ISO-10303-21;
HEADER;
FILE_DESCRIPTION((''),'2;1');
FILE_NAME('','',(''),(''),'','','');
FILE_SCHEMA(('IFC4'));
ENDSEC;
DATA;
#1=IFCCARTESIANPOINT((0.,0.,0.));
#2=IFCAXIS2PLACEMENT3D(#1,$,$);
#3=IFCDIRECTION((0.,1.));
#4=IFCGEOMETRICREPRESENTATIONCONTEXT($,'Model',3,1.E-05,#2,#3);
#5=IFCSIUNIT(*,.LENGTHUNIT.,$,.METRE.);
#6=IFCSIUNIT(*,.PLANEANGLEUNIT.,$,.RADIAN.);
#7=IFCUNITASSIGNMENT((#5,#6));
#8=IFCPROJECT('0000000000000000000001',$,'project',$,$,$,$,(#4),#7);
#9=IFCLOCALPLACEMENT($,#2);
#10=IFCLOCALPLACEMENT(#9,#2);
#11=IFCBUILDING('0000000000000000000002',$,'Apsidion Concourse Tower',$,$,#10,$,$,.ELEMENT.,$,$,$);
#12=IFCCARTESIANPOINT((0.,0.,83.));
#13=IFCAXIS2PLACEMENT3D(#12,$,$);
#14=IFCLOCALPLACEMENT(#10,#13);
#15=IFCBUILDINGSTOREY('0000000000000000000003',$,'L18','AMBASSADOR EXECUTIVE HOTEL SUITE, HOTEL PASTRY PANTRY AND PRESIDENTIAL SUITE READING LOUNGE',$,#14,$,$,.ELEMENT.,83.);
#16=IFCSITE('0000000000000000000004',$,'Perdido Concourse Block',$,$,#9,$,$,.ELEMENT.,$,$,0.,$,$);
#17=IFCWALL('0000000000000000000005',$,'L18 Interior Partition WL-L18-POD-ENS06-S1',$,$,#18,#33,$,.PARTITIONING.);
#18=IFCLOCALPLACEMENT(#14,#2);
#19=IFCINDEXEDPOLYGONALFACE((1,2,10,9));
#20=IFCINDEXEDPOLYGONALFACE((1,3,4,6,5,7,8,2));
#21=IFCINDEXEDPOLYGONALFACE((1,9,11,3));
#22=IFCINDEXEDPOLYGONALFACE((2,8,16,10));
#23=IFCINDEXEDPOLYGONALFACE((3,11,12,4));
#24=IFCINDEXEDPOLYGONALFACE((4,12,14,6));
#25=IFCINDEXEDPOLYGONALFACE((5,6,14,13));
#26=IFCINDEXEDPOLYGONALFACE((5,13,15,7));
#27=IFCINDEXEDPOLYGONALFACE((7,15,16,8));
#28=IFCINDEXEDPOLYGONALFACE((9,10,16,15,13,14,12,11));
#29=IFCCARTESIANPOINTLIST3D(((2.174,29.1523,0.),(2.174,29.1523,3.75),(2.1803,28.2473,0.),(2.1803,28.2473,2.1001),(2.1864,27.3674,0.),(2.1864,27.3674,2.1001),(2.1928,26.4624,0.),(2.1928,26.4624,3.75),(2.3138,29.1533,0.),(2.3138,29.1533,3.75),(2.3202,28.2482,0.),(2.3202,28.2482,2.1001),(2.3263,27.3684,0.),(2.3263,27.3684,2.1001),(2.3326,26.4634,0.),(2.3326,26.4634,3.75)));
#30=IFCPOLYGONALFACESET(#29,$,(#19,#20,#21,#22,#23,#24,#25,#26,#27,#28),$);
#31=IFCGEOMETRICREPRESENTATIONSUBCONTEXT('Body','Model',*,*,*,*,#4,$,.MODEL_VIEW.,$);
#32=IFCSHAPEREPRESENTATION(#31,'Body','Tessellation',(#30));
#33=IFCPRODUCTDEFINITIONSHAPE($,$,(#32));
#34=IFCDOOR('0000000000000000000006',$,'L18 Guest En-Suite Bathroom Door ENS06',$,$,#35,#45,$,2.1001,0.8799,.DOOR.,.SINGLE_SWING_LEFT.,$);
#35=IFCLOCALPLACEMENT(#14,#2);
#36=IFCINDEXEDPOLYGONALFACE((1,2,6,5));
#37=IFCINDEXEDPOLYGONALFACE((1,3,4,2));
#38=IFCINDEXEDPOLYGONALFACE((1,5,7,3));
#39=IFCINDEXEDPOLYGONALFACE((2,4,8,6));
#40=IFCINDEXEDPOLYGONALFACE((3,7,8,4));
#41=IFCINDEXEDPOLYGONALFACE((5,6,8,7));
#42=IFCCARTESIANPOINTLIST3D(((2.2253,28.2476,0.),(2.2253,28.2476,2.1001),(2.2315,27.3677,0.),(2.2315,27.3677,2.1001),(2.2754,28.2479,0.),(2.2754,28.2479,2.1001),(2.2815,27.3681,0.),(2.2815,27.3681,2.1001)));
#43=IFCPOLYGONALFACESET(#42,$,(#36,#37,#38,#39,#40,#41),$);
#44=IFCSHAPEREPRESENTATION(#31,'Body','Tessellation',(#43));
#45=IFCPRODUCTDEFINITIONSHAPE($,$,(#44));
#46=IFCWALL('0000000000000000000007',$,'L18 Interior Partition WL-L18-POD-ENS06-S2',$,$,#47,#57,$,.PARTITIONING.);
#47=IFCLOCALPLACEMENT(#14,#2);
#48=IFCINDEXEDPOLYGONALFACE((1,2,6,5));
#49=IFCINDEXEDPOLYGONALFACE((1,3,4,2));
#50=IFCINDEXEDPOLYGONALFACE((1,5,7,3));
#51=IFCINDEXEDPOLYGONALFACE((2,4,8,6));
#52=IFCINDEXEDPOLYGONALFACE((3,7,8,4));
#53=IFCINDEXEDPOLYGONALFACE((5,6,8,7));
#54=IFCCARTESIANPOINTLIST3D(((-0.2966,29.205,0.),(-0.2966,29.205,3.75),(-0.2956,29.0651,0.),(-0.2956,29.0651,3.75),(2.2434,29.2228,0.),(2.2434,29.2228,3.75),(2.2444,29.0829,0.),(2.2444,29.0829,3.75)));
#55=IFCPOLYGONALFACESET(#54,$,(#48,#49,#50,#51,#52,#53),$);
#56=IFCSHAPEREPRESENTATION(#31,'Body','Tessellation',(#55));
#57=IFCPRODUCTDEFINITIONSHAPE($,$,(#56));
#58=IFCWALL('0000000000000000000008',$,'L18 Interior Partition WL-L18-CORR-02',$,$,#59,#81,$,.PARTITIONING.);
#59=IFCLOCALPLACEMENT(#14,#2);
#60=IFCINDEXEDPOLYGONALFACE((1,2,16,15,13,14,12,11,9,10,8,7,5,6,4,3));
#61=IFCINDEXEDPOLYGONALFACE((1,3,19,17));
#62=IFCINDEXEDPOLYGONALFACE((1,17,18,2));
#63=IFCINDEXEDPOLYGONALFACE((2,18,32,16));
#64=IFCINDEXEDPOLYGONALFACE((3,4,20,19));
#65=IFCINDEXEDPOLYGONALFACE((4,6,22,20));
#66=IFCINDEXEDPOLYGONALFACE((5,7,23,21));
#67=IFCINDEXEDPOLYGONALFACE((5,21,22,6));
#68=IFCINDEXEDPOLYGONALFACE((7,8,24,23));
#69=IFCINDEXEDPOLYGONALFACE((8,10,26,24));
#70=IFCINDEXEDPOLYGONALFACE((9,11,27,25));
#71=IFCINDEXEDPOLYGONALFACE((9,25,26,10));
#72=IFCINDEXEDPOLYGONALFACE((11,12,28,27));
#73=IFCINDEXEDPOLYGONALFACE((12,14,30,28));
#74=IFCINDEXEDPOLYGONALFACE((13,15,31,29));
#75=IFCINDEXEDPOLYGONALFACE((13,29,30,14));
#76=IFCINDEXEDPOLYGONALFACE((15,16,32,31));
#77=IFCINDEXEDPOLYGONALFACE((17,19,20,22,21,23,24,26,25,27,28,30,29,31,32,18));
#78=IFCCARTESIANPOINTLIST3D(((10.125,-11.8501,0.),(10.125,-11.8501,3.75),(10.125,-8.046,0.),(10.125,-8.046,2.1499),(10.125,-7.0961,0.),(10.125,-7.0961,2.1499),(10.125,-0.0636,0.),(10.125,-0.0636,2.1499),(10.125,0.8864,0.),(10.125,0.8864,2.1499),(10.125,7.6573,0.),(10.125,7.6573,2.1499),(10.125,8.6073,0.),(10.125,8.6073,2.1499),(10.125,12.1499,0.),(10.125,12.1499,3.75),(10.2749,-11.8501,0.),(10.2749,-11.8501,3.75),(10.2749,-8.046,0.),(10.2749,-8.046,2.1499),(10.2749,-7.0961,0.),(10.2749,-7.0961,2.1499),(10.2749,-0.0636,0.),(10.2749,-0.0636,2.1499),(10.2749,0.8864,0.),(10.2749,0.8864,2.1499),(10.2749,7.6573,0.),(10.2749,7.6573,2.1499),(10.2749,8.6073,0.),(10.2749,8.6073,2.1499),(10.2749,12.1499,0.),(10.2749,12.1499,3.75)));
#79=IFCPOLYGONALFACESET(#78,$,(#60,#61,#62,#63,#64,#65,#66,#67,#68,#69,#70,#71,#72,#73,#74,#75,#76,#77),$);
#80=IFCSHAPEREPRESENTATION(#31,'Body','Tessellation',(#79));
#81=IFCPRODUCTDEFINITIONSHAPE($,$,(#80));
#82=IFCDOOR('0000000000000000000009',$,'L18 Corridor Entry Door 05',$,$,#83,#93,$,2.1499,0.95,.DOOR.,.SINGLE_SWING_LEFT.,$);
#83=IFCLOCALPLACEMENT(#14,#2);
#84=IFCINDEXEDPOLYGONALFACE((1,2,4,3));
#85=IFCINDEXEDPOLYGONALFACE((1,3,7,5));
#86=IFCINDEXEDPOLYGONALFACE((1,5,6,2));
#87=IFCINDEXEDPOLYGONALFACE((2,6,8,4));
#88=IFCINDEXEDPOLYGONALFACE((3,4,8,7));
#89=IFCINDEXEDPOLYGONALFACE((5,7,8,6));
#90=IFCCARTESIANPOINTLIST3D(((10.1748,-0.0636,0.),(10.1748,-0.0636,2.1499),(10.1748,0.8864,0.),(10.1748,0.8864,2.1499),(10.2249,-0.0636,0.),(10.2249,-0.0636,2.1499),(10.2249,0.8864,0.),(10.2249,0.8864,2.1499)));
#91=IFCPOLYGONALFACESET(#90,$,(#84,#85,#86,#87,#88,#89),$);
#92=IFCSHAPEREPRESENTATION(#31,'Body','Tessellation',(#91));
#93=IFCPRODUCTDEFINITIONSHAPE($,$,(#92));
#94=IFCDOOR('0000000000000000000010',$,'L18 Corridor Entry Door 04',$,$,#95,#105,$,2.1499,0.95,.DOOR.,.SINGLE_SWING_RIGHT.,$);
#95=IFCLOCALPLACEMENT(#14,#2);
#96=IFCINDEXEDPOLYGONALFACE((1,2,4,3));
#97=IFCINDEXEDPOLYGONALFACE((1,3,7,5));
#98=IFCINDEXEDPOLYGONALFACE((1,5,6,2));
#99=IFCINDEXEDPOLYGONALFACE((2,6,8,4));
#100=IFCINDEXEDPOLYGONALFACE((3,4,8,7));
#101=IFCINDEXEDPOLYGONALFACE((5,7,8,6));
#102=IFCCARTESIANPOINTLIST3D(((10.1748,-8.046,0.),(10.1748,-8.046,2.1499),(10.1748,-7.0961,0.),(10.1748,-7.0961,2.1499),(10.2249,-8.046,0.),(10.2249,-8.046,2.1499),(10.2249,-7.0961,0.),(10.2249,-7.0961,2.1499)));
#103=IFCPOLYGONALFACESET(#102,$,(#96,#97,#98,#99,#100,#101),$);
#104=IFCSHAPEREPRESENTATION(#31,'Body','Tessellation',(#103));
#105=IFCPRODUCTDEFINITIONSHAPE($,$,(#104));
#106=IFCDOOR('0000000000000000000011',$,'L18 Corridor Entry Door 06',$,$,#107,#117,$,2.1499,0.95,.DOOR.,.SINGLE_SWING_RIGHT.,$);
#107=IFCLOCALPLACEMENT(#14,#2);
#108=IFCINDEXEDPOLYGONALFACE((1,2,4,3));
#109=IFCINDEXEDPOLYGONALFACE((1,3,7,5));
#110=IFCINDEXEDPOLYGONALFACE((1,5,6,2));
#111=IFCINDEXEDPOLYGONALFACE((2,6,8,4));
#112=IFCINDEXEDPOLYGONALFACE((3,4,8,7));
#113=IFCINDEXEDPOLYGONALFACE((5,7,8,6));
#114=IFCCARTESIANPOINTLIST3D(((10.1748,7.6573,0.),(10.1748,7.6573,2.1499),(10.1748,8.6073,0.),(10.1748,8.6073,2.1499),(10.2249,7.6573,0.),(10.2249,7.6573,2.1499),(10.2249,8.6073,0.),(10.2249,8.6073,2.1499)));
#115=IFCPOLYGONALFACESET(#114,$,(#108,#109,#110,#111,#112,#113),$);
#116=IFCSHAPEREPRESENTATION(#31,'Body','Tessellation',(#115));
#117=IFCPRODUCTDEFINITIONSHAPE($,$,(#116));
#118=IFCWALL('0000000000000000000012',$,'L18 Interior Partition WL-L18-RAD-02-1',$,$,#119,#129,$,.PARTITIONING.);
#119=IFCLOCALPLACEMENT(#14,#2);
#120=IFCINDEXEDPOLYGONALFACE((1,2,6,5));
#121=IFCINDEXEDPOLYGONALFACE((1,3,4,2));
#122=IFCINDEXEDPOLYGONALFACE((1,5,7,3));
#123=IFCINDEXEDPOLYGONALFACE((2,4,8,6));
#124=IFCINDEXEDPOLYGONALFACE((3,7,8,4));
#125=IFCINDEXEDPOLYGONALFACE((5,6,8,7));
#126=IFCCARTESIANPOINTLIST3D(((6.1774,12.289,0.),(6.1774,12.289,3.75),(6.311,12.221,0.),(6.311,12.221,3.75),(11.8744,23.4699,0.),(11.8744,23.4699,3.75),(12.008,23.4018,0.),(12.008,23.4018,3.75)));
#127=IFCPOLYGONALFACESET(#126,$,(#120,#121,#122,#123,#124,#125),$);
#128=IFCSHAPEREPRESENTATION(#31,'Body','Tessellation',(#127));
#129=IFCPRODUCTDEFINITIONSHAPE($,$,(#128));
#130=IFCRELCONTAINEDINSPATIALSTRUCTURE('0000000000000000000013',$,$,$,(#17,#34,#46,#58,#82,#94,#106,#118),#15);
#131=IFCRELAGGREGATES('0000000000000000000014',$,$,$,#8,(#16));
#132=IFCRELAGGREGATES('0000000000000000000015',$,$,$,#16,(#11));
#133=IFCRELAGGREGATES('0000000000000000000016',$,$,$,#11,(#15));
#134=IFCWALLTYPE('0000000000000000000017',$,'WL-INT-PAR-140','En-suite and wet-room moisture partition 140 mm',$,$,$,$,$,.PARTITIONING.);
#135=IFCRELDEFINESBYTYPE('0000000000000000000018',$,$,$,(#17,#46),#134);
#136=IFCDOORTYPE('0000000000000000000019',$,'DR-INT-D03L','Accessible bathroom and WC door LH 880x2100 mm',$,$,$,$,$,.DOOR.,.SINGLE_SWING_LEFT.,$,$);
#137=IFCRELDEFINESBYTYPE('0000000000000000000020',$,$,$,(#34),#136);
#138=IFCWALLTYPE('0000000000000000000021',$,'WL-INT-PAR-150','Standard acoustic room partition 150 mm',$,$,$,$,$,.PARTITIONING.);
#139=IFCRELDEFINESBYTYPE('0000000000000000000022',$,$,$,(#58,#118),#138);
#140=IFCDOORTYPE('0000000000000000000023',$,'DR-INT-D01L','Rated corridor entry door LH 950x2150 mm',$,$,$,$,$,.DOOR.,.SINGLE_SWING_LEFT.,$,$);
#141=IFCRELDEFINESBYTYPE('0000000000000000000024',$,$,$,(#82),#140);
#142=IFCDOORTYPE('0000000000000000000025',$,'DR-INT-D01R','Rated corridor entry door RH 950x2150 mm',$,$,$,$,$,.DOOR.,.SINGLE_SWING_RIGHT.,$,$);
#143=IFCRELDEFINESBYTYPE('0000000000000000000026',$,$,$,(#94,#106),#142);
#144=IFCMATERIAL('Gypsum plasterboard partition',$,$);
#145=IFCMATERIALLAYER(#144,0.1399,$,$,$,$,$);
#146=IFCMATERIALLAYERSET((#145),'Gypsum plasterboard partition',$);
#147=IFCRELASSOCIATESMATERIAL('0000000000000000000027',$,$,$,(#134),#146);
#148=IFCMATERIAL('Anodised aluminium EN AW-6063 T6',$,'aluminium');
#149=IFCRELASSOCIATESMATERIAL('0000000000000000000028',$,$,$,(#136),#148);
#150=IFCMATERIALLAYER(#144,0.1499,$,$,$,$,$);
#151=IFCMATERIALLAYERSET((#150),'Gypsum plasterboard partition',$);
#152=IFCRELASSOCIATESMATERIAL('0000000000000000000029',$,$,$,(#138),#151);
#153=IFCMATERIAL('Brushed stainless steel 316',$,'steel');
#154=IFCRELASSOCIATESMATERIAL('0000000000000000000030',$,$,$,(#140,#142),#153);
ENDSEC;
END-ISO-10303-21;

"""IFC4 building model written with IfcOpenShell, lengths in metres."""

from ifc_helpers import new_model, si_unit, direction, frame, frame_2d, origin, place, context, subcontext, project, spatial, rectangle, extrude, material, layer, layer_set, type_object, element, fill, save


model = new_model("IFC4")

# Units and contexts
model_context = context("Model", 3, precision=1e-05, world=origin(), true_north=direction((0.0, 1.0)))
body_context = subcontext(model_context, "Body", "Model", "MODEL_VIEW")
ifc_project = project(units=[si_unit("LENGTHUNIT", "METRE"), si_unit("PLANEANGLEUNIT", "RADIAN")], contexts=[model_context])

# Site, building, storey
site_placement = place(None, origin())
site = spatial("IfcSite", under=ifc_project, at=site_placement, Name="Perdido Concourse Block", CompositionType="ELEMENT", RefElevation=0.0)
building_placement = place(site_placement, origin())
building = spatial("IfcBuilding", under=site, at=building_placement, Name="Apsidion Concourse Tower", CompositionType="ELEMENT")
storey_placement = place(building_placement, frame((0.0, 0.0, 83.0)))
storey = spatial("IfcBuildingStorey", under=building, at=storey_placement, Name="L18", Description="AMBASSADOR EXECUTIVE HOTEL SUITE, HOTEL PASTRY PANTRY AND PRESIDENTIAL SUITE READING LOUNGE", CompositionType="ELEMENT", Elevation=83.0)

# Shared definitions
ifc_material_1 = material(Name="Anodised aluminium EN AW-6063 T6", Category="aluminium")

# Shared definitions
ifc_material_2 = material(Name="Gypsum plasterboard partition")
ifc_layer_1 = layer(ifc_material_2, 0.1399)
ifc_layer_set_1 = layer_set([ifc_layer_1], Name="Gypsum plasterboard partition")
wall_type_1 = type_object("IfcWallType", Name="WL-INT-PAR-140", Description="En-suite and wet-room moisture partition 140 mm", PredefinedType="PARTITIONING", material=ifc_layer_set_1)

# Wall, opening, door
wall_1_placement = place(storey_placement, frame((2.2627, 26.4629, 0.0), z_axis=(0.0, 0.0, 1.0), x_axis=(-0.006988, 0.999976, 0.0)))
wall_1 = element("IfcWall", 1, at=wall_1_placement, inside=storey, type_object=wall_type_1, Name="L18 Interior Partition WL-L18-POD-ENS06-S1", PredefinedType="PARTITIONING", context=body_context, shape_type="SweptSolid", body=[
    extrude(rectangle(XDim=2.6899, YDim=0.1399, at=frame_2d((1.345, 0.0))), origin(), (0.0, 0.0, 1.0), 3.75),
])
opening_1_placement = place(wall_1_placement, frame((0.905, 0.0, 0.0)))
opening_1 = element("IfcOpeningElement", 2, at=opening_1_placement, cuts=wall_1, PredefinedType="OPENING", context=body_context, shape_type="SweptSolid", body=[
    extrude(rectangle(XDim=0.8799, YDim=2.1001, at=frame_2d((0.4399, 1.05))), frame((0.0, 0.0801, 0.0), z_axis=(0.0, -1.0, 0.0), x_axis=(1.0, 0.0, 0.0)), (0.0, 0.0, 1.0), 0.1599),
])
door_type_1 = type_object("IfcDoorType", Name="DR-INT-D03L", Description="Accessible bathroom and WC door LH 880x2100 mm", OperationType="SINGLE_SWING_LEFT", PredefinedType="DOOR", material=ifc_material_1)
door_1_placement = place(opening_1_placement, origin())
door_1 = element("IfcDoor", 3, at=door_1_placement, inside=storey, type_object=door_type_1, Name="L18 Guest En-Suite Bathroom Door ENS06", OperationType="SINGLE_SWING_LEFT", OverallHeight=2.1001, OverallWidth=0.8799, PredefinedType="DOOR", context=body_context, shape_type="SweptSolid", body=[
    extrude(rectangle(XDim=0.8799, YDim=2.1001, at=frame_2d((0.4399, 1.05))), frame((0.0, 0.0249, 0.0), z_axis=(0.0, -1.0, 0.0), x_axis=(1.0, 0.0, 0.0)), (0.0, 0.0, 1.0), 0.05),
])
fill(opening_1, door_1)

# Wall
wall_2_placement = place(storey_placement, frame((2.2439, 29.1528, 0.0), z_axis=(0.0, 0.0, 1.0), x_axis=(-0.999975, -0.007016, 0.0)))
element("IfcWall", 4, at=wall_2_placement, inside=storey, type_object=wall_type_1, Name="L18 Interior Partition WL-L18-POD-ENS06-S2", PredefinedType="PARTITIONING", context=body_context, shape_type="SweptSolid", body=[
    extrude(rectangle(XDim=2.54, YDim=0.1399, at=frame_2d((1.27, 0.0))), origin(), (0.0, 0.0, 1.0), 3.75),
])

# Wall, openings, doors
ifc_layer_2 = layer(ifc_material_2, 0.1499)
ifc_layer_set_2 = layer_set([ifc_layer_2], Name="Gypsum plasterboard partition")
wall_type_2 = type_object("IfcWallType", Name="WL-INT-PAR-150", Description="Standard acoustic room partition 150 mm", PredefinedType="PARTITIONING", material=ifc_layer_set_2)
wall_3_placement = place(storey_placement, frame((10.2, 12.1499, 0.0), z_axis=(0.0, 0.0, 1.0), x_axis=(0.0, -1.0, 0.0)))
wall_3 = element("IfcWall", 5, at=wall_3_placement, inside=storey, type_object=wall_type_2, Name="L18 Interior Partition WL-L18-CORR-02", PredefinedType="PARTITIONING", context=body_context, shape_type="SweptSolid", body=[
    extrude(rectangle(XDim=24.0, YDim=0.1499, at=frame_2d((12.0, 0.0))), origin(), (0.0, 0.0, 1.0), 3.75),
])
opening_2_placement = place(wall_3_placement, frame((19.2458, 0.0, 0.0)))
opening_2 = element("IfcOpeningElement", 6, at=opening_2_placement, cuts=wall_3, PredefinedType="OPENING", context=body_context, shape_type="SweptSolid", body=[
    extrude(rectangle(XDim=0.95, YDim=2.1499, at=frame_2d((0.4751, 1.075))), frame((0.0, 0.085, 0.0), z_axis=(0.0, -1.0, 0.0), x_axis=(1.0, 0.0, 0.0)), (0.0, 0.0, 1.0), 0.1699),
])
opening_3_placement = place(wall_3_placement, frame((11.2634, 0.0, 0.0)))
opening_3 = element("IfcOpeningElement", 7, at=opening_3_placement, cuts=wall_3, PredefinedType="OPENING", context=body_context, shape_type="SweptSolid", body=[
    extrude(rectangle(XDim=0.95, YDim=2.1499, at=frame_2d((0.4751, 1.075))), frame((0.0, 0.085, 0.0), z_axis=(0.0, -1.0, 0.0), x_axis=(1.0, 0.0, 0.0)), (0.0, 0.0, 1.0), 0.1699),
])
opening_4_placement = place(wall_3_placement, frame((3.5425, 0.0, 0.0)))
opening_4 = element("IfcOpeningElement", 8, at=opening_4_placement, cuts=wall_3, PredefinedType="OPENING", context=body_context, shape_type="SweptSolid", body=[
    extrude(rectangle(XDim=0.95, YDim=2.1499, at=frame_2d((0.4751, 1.075))), frame((0.0, 0.085, 0.0), z_axis=(0.0, -1.0, 0.0), x_axis=(1.0, 0.0, 0.0)), (0.0, 0.0, 1.0), 0.1699),
])
ifc_material_3 = material(Name="Brushed stainless steel 316", Category="steel")
door_type_2 = type_object("IfcDoorType", Name="DR-INT-D01L", Description="Rated corridor entry door LH 950x2150 mm", OperationType="SINGLE_SWING_LEFT", PredefinedType="DOOR", material=ifc_material_3)
door_2_placement = place(opening_3_placement, origin())
door_2 = element("IfcDoor", 9, at=door_2_placement, inside=storey, type_object=door_type_2, Name="L18 Corridor Entry Door 05", OperationType="SINGLE_SWING_LEFT", OverallHeight=2.1499, OverallWidth=0.95, PredefinedType="DOOR", context=body_context, shape_type="SweptSolid", body=[
    extrude(rectangle(XDim=0.95, YDim=2.1499, at=frame_2d((0.4751, 1.075))), frame((0.0, 0.0249, 0.0), z_axis=(0.0, -1.0, 0.0), x_axis=(1.0, 0.0, 0.0)), (0.0, 0.0, 1.0), 0.05),
])
fill(opening_3, door_2)
door_type_3 = type_object("IfcDoorType", Name="DR-INT-D01R", Description="Rated corridor entry door RH 950x2150 mm", OperationType="SINGLE_SWING_RIGHT", PredefinedType="DOOR", material=ifc_material_3)
door_3_placement = place(opening_2_placement, origin())
door_3 = element("IfcDoor", 10, at=door_3_placement, inside=storey, type_object=door_type_3, Name="L18 Corridor Entry Door 04", OperationType="SINGLE_SWING_RIGHT", OverallHeight=2.1499, OverallWidth=0.95, PredefinedType="DOOR", context=body_context, shape_type="SweptSolid", body=[
    extrude(rectangle(XDim=0.95, YDim=2.1499, at=frame_2d((0.4751, 1.075))), frame((0.0, 0.0249, 0.0), z_axis=(0.0, -1.0, 0.0), x_axis=(1.0, 0.0, 0.0)), (0.0, 0.0, 1.0), 0.05),
])
fill(opening_2, door_3)
door_4_placement = place(opening_4_placement, origin())
door_4 = element("IfcDoor", 11, at=door_4_placement, inside=storey, type_object=door_type_3, Name="L18 Corridor Entry Door 06", OperationType="SINGLE_SWING_RIGHT", OverallHeight=2.1499, OverallWidth=0.95, PredefinedType="DOOR", context=body_context, shape_type="SweptSolid", body=[
    extrude(rectangle(XDim=0.95, YDim=2.1499, at=frame_2d((0.4751, 1.075))), frame((0.0, 0.0249, 0.0), z_axis=(0.0, -1.0, 0.0), x_axis=(1.0, 0.0, 0.0)), (0.0, 0.0, 1.0), 0.05),
])
fill(opening_4, door_4)

# Wall
wall_4_placement = place(storey_placement, frame((6.2441, 12.2549, 0.0), z_axis=(0.0, 0.0, 1.0), x_axis=(0.453995, 0.891004, 0.0)))
element("IfcWall", 12, at=wall_4_placement, inside=storey, type_object=wall_type_2, Name="L18 Interior Partition WL-L18-RAD-02-1", PredefinedType="PARTITIONING", context=body_context, shape_type="SweptSolid", body=[
    extrude(rectangle(XDim=12.5486, YDim=0.1499, at=frame_2d((6.2744, 0.0))), origin(), (0.0, 0.0, 1.0), 3.75),
])

save(model, "model.ifc")
